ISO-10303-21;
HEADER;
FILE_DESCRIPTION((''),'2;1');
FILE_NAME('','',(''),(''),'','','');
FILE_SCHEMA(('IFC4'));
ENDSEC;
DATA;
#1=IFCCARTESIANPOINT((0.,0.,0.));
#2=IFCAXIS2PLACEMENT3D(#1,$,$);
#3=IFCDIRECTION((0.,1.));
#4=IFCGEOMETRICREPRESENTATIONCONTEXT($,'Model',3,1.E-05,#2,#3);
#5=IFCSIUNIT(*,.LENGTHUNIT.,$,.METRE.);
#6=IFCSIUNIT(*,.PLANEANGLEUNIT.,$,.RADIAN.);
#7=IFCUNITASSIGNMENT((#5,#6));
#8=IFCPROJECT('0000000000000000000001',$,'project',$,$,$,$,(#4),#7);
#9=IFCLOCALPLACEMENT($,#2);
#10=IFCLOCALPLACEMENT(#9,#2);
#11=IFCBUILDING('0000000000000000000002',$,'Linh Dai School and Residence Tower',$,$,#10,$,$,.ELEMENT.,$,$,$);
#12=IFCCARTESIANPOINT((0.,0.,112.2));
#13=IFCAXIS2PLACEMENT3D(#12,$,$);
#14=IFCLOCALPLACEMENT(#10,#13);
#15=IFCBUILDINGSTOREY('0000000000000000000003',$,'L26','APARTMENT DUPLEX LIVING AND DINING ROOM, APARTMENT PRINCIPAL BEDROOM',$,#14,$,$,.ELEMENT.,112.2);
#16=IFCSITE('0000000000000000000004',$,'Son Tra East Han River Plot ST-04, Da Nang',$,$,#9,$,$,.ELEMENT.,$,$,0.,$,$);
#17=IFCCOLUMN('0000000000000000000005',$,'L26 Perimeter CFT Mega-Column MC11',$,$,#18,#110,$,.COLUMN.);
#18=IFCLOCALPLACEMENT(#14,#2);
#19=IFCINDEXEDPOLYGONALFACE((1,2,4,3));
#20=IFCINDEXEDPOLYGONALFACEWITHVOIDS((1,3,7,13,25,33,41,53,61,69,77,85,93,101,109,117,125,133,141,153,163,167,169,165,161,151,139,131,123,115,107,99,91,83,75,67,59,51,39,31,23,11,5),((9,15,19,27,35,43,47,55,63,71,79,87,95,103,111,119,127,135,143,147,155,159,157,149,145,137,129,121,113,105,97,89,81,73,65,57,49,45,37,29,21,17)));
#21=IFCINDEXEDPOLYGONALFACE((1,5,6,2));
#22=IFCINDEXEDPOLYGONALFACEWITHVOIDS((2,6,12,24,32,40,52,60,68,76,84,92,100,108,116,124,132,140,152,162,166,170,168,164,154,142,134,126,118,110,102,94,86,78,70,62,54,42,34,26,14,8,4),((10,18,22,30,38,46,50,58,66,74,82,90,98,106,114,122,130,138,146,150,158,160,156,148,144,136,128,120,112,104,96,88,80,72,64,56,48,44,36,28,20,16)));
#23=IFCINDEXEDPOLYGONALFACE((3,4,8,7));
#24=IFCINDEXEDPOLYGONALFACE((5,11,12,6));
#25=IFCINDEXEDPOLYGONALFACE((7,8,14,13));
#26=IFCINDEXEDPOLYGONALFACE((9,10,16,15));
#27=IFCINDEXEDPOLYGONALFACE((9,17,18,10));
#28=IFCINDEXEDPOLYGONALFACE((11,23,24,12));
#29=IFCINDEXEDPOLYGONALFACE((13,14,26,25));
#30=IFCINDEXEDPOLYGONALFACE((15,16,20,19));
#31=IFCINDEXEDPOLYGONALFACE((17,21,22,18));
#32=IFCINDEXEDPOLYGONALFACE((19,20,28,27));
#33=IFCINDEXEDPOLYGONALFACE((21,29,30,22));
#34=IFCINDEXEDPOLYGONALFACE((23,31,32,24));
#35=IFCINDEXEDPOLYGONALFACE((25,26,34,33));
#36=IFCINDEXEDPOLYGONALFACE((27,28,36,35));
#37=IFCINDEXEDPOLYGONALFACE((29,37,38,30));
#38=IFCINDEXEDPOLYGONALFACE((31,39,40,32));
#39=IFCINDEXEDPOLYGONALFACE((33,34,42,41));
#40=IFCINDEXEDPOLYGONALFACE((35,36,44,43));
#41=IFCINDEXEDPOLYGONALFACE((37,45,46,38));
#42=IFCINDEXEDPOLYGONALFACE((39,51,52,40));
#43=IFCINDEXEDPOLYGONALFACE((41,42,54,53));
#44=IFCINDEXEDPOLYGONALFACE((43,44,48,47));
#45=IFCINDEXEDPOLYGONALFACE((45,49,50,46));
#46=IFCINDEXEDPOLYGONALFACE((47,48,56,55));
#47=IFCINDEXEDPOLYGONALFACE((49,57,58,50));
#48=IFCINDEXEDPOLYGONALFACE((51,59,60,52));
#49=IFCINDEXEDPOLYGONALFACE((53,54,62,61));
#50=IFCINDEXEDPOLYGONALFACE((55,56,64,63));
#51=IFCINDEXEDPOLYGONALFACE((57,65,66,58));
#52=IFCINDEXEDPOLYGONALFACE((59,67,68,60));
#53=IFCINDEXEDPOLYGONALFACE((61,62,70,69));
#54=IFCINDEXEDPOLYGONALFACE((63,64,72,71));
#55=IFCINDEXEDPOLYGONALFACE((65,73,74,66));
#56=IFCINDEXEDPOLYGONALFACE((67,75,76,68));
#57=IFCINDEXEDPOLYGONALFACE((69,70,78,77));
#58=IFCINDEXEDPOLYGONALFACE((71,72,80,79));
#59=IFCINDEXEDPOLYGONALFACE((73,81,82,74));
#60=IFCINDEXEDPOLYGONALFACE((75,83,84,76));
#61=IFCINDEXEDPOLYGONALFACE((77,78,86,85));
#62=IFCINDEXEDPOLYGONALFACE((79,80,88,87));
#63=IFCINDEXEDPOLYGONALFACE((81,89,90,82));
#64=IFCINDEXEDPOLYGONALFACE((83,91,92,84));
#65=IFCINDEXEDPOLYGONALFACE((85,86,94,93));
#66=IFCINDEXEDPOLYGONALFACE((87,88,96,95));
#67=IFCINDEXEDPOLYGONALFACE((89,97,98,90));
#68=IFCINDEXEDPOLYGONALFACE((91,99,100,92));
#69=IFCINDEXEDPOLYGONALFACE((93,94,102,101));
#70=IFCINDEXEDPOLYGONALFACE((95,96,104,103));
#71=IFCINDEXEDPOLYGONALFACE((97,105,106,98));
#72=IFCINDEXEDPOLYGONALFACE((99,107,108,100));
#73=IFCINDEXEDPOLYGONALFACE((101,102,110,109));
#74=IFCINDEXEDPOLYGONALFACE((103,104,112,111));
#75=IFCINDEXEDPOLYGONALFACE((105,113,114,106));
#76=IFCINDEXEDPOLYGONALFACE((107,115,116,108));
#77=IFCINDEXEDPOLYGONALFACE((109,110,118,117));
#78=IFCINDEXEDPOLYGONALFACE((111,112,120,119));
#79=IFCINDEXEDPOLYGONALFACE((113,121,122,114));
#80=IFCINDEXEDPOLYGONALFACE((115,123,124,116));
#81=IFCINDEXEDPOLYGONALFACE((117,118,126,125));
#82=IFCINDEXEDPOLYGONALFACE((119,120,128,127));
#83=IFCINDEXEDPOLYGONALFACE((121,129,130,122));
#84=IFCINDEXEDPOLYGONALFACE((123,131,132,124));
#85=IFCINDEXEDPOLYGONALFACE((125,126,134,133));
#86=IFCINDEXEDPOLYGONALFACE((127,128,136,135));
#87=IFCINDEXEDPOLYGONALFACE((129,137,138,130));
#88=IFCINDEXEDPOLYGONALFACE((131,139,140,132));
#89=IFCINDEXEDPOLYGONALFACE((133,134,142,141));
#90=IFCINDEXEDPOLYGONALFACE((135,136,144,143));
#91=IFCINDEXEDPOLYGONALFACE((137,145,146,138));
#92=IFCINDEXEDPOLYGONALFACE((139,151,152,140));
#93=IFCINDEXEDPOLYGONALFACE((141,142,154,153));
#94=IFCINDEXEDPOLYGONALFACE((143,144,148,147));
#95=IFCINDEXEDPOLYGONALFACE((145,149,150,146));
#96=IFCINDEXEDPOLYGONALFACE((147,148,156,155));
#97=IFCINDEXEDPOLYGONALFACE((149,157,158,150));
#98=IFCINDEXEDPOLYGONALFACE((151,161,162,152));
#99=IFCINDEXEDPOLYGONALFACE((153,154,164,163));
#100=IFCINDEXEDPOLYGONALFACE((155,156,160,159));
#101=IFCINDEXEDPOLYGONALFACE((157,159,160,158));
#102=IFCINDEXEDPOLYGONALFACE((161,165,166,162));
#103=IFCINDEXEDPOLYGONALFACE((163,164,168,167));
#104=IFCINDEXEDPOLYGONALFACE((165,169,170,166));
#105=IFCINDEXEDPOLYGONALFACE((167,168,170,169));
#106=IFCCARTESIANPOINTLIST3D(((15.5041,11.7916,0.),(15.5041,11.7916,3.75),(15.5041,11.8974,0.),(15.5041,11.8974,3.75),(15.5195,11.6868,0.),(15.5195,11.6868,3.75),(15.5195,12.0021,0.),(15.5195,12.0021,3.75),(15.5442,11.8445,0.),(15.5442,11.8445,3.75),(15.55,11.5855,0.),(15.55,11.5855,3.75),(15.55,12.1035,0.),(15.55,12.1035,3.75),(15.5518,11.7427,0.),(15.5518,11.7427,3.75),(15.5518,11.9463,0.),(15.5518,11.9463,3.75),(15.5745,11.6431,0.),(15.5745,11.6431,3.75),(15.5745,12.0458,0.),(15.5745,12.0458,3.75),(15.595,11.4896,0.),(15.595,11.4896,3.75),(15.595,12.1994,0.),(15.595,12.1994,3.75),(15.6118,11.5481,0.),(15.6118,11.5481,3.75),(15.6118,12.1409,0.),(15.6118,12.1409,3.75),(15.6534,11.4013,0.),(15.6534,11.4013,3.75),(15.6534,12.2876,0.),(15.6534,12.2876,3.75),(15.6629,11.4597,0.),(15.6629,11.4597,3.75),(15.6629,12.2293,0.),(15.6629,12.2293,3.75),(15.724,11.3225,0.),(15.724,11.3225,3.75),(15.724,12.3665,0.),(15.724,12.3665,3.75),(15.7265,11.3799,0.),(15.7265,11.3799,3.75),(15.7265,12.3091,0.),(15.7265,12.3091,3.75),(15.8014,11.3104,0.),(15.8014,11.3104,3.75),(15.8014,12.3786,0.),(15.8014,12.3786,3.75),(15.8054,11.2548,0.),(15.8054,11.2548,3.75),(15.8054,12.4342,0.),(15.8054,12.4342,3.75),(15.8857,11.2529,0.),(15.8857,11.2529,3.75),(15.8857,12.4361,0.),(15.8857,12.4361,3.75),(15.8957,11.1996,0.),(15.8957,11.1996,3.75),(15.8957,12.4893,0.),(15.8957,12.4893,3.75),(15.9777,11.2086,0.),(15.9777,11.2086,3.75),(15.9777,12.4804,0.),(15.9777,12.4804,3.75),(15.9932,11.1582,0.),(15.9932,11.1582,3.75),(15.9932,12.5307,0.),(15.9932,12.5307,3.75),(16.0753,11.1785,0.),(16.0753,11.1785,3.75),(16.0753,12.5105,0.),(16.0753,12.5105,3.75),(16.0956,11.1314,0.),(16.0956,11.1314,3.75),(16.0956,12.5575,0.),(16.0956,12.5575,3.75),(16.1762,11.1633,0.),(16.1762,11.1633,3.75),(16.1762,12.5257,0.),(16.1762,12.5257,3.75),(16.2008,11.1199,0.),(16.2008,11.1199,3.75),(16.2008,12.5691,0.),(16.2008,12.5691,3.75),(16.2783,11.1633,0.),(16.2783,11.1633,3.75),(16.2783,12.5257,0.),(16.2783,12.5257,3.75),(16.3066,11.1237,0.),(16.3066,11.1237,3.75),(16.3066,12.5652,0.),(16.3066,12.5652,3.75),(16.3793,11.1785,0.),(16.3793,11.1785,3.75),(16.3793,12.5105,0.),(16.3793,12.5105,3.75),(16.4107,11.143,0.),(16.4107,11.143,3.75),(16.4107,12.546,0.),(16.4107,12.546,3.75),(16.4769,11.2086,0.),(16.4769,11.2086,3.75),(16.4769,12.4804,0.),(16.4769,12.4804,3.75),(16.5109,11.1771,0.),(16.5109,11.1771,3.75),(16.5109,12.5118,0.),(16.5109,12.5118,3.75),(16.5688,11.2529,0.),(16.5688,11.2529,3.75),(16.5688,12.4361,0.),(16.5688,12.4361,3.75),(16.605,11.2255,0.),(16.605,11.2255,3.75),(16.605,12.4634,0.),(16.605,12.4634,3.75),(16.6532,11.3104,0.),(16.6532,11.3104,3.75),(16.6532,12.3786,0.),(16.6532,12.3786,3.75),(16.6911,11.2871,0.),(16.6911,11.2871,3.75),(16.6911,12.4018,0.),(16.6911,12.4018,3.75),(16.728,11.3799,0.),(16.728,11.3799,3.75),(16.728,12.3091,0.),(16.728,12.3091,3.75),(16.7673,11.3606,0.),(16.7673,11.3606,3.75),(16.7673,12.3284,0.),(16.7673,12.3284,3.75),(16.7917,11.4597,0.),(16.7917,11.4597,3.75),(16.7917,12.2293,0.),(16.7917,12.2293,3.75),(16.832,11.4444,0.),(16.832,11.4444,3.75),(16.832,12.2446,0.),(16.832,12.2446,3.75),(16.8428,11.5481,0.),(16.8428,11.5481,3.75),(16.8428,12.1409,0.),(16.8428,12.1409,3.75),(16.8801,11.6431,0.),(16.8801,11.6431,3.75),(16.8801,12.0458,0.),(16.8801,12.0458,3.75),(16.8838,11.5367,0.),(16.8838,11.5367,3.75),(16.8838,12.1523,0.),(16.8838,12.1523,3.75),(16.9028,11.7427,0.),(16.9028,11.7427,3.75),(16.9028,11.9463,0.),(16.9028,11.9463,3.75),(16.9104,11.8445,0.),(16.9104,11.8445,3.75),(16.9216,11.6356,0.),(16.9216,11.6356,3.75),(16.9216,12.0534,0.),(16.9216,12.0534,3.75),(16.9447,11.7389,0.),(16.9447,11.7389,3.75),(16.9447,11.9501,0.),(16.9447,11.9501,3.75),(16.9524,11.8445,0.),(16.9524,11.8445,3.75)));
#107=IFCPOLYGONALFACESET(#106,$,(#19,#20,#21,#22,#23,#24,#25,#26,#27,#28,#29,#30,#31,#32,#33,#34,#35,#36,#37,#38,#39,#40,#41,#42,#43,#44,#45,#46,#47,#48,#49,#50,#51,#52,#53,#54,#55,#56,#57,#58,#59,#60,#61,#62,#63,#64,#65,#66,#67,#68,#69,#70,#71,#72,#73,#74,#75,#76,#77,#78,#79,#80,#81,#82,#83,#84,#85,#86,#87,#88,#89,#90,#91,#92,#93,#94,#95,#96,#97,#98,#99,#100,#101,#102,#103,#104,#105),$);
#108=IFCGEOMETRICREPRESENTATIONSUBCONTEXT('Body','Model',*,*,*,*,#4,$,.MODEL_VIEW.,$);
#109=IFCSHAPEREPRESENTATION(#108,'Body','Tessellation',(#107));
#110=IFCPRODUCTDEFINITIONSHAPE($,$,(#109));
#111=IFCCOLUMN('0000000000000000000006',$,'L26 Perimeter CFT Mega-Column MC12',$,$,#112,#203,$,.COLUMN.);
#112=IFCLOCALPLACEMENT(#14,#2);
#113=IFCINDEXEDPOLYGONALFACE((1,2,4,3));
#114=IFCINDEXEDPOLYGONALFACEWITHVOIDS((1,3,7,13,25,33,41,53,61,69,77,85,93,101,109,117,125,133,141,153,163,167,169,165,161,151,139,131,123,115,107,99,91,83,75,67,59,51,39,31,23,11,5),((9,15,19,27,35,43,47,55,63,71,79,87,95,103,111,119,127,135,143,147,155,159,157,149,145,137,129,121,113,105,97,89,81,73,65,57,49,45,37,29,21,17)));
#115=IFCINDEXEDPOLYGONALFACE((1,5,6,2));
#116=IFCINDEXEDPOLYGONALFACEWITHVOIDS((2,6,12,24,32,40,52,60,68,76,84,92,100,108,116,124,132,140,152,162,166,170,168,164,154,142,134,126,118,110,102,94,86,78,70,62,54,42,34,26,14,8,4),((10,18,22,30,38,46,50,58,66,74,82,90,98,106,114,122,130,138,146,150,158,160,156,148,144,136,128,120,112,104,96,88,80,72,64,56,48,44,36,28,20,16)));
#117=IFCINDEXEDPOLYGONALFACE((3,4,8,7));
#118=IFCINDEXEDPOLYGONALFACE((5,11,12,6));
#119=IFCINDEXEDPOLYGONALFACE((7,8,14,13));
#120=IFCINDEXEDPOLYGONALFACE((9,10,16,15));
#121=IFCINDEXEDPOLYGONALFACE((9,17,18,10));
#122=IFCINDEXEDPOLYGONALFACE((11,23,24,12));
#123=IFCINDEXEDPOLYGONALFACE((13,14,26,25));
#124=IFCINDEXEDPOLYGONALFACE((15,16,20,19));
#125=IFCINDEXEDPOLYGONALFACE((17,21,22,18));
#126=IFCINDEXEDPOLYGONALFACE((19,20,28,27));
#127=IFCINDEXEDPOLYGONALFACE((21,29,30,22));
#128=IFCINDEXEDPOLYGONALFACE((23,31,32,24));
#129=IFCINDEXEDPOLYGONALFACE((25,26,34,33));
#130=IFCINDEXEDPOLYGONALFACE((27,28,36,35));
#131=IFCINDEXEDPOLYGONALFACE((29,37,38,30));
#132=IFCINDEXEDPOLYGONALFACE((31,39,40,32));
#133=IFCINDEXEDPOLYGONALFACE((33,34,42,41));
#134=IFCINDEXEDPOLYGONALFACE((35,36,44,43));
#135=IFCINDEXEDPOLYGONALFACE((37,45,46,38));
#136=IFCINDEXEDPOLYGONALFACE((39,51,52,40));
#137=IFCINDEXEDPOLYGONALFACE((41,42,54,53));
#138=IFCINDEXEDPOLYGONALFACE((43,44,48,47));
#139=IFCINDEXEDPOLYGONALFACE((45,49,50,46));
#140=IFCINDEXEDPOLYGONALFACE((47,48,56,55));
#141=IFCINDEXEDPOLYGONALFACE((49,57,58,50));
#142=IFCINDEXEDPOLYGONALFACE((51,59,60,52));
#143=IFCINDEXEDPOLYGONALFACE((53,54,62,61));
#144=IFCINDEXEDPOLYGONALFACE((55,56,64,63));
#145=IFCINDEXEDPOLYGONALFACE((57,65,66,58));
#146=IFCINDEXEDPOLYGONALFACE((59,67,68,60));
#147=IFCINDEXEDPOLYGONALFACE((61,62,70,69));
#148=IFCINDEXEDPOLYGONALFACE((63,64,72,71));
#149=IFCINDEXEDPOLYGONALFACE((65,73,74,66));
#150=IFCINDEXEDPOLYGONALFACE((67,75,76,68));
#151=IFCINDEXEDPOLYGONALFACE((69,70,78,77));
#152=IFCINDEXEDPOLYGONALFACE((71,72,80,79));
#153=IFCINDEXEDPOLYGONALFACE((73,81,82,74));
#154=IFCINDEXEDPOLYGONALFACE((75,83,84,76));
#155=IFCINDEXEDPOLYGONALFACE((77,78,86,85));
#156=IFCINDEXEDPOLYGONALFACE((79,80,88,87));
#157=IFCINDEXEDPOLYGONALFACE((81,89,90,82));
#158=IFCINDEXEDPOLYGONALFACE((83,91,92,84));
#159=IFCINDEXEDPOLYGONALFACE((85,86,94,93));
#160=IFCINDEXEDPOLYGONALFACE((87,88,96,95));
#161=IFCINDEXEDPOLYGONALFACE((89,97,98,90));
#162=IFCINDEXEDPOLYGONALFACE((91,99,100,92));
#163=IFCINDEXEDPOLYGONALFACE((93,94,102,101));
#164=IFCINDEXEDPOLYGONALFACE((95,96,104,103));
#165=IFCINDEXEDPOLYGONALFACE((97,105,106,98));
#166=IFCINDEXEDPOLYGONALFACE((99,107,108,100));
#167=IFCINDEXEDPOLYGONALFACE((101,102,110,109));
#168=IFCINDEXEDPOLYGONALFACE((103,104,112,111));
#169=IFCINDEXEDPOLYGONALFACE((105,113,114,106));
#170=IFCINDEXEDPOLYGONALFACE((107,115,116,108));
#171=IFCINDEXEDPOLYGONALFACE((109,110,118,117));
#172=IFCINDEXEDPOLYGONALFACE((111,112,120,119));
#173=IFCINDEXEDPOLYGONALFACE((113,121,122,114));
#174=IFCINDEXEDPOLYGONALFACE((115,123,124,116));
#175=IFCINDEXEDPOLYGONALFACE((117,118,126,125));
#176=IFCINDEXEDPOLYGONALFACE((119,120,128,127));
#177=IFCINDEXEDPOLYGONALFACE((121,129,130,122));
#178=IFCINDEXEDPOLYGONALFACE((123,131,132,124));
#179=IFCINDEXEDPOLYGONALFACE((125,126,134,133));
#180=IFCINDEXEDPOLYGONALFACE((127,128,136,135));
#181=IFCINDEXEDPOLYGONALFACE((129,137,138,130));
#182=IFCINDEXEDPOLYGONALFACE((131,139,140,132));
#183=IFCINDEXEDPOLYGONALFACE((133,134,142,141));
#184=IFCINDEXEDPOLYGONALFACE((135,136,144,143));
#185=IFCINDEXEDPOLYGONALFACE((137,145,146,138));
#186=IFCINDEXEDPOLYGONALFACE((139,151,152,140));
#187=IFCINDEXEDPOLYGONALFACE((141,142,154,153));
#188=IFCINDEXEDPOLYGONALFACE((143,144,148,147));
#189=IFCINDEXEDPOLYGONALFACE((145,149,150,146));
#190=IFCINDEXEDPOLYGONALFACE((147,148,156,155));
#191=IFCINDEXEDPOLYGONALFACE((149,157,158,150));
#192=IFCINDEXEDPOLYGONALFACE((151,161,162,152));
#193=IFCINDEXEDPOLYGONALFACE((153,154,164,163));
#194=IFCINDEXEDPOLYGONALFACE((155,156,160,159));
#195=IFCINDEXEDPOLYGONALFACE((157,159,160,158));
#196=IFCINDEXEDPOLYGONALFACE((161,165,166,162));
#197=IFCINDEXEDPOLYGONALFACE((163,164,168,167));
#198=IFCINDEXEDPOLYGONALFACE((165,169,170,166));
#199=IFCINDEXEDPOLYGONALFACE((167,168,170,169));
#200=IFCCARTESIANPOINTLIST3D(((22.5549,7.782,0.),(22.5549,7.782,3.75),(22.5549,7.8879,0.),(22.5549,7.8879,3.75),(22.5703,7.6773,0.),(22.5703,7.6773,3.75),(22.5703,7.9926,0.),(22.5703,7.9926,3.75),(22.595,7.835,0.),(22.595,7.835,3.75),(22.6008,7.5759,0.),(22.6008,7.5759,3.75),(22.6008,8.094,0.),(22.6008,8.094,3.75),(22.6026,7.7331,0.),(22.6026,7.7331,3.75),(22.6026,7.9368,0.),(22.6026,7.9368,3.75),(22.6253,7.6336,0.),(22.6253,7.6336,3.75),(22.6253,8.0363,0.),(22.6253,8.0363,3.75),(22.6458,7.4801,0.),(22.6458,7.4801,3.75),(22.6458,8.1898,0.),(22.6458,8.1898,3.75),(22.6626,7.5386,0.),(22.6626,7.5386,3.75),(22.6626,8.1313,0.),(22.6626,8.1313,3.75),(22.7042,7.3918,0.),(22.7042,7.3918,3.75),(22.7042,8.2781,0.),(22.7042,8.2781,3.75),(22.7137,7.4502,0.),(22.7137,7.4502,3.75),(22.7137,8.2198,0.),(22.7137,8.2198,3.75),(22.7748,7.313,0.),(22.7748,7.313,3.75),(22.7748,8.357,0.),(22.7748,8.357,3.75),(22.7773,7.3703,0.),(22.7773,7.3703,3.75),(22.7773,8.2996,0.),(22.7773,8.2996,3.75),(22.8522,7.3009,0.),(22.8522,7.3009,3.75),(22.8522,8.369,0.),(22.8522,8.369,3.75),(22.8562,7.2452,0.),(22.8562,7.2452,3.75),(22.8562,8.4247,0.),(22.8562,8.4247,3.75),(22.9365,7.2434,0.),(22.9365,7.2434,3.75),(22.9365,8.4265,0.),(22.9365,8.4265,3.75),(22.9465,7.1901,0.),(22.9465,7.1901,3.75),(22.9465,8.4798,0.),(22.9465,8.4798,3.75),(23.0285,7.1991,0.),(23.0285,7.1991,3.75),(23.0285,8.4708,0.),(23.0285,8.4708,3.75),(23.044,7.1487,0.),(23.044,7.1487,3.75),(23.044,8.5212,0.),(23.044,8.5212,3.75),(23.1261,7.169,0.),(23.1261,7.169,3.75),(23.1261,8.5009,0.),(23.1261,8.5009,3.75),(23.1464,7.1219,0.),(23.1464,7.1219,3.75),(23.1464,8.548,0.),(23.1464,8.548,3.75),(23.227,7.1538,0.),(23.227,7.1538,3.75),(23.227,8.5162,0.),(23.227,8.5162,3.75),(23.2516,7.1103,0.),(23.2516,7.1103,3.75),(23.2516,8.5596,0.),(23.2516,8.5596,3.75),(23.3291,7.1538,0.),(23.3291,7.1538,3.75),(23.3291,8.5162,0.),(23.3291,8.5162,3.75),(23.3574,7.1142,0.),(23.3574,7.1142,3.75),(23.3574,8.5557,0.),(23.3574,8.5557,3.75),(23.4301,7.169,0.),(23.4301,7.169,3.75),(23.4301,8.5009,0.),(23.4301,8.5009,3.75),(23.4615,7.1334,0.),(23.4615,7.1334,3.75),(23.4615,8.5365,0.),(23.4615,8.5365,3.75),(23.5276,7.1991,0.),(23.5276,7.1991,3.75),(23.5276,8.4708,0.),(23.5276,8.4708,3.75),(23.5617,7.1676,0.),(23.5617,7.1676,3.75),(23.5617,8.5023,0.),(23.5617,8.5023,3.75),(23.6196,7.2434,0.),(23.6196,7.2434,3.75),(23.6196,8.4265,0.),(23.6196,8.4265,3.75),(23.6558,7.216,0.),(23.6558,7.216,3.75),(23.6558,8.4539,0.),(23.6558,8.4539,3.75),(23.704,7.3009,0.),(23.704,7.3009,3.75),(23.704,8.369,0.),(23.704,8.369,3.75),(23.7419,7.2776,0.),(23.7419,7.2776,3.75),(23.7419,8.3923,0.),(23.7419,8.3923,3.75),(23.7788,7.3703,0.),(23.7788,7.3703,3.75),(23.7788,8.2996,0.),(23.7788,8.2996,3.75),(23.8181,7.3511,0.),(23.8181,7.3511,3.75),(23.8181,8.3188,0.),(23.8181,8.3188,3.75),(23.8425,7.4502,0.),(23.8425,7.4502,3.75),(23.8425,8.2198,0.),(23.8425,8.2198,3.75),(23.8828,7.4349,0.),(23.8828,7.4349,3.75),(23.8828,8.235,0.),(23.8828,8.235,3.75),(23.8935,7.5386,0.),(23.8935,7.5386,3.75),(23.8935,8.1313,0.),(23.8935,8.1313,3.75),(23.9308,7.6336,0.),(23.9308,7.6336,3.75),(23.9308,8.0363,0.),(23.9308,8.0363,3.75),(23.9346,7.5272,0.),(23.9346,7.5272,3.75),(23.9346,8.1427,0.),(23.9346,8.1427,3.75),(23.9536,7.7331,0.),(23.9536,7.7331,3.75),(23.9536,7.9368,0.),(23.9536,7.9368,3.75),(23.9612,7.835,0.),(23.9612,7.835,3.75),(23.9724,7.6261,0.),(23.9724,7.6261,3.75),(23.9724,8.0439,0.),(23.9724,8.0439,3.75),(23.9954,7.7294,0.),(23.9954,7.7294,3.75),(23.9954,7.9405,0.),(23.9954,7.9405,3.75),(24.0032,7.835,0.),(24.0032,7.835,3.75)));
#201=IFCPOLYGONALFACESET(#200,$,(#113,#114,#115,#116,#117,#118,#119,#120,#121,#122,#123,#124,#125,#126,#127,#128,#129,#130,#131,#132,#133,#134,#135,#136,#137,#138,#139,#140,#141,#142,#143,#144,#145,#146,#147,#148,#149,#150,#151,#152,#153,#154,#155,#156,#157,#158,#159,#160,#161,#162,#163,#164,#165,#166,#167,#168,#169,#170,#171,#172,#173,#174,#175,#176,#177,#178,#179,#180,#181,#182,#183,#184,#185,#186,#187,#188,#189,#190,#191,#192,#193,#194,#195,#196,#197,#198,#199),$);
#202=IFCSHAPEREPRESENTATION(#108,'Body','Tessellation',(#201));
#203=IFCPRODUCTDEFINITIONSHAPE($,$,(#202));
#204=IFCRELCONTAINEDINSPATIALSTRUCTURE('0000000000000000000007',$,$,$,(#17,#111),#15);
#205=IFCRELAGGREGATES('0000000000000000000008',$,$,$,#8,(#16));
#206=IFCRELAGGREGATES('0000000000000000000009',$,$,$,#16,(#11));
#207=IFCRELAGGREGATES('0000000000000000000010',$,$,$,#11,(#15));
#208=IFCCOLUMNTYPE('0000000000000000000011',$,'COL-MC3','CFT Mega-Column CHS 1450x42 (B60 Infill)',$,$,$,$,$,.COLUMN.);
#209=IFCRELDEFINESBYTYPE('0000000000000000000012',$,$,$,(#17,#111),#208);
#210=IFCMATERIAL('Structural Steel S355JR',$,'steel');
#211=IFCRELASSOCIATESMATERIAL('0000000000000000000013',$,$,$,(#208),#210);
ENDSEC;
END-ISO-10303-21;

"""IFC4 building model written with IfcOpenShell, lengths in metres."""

from ifc_helpers import new_model, si_unit, direction, frame, origin, origin_2d, place, context, subcontext, project, spatial, hollow_circle, extrude, material, material_profile, profile_set, type_object, element, save


model = new_model("IFC4")

# Units and contexts
model_context = context("Model", 3, precision=1e-05, world=origin(), true_north=direction((0.0, 1.0)))
body_context = subcontext(model_context, "Body", "Model", "MODEL_VIEW")
ifc_project = project(units=[si_unit("LENGTHUNIT", "METRE"), si_unit("PLANEANGLEUNIT", "RADIAN")], contexts=[model_context])

# Site, building, storey
site_placement = place(None, origin())
site = spatial("IfcSite", under=ifc_project, at=site_placement, Name="Son Tra East Han River Plot ST-04, Da Nang", CompositionType="ELEMENT", RefElevation=0.0)
building_placement = place(site_placement, origin())
building = spatial("IfcBuilding", under=site, at=building_placement, Name="Linh Dai School and Residence Tower", CompositionType="ELEMENT")
storey_placement = place(building_placement, frame((0.0, 0.0, 112.2)))
storey = spatial("IfcBuildingStorey", under=building, at=storey_placement, Name="L26", Description="APARTMENT DUPLEX LIVING AND DINING ROOM, APARTMENT PRINCIPAL BEDROOM", CompositionType="ELEMENT", Elevation=112.2)

# Columns
ifc_material_1 = material(Name="Structural Steel S355JR", Category="steel")
ifc_material_profile_1 = material_profile(ifc_material_1, hollow_circle(Radius=0.7251, WallThickness=0.042, at=origin_2d()), Name="CHS 1450x42")
ifc_profile_set_1 = profile_set([ifc_material_profile_1], Name="Structural Steel S355JR")
column_type = type_object("IfcColumnType", Name="COL-MC3", Description="CFT Mega-Column CHS 1450x42 (B60 Infill)", PredefinedType="COLUMN", material=ifc_profile_set_1)
for number, where, z_axis, x_axis, name in (
    (1, (16.2273, 11.8445, 0.0), (0.0, 0.0, 1.0), (1.0, 0.0, 0.0), "L26 Perimeter CFT Mega-Column MC11"),
    (2, (23.2781, 7.835, 0.0), (0.0, 0.0, 1.0), (1.0, 0.0, 0.0), "L26 Perimeter CFT Mega-Column MC12"),
):
    element("IfcColumn", number, at=place(storey_placement, frame(where, z_axis=z_axis, x_axis=x_axis)), inside=storey, type_object=column_type, Name=name, PredefinedType="COLUMN", context=body_context, shape_type="SweptSolid", body=[
        extrude(hollow_circle(Radius=0.7251, WallThickness=0.042, at=origin_2d()), origin(), (0.0, 0.0, 1.0), 3.75),
    ])

save(model, "model.ifc")
